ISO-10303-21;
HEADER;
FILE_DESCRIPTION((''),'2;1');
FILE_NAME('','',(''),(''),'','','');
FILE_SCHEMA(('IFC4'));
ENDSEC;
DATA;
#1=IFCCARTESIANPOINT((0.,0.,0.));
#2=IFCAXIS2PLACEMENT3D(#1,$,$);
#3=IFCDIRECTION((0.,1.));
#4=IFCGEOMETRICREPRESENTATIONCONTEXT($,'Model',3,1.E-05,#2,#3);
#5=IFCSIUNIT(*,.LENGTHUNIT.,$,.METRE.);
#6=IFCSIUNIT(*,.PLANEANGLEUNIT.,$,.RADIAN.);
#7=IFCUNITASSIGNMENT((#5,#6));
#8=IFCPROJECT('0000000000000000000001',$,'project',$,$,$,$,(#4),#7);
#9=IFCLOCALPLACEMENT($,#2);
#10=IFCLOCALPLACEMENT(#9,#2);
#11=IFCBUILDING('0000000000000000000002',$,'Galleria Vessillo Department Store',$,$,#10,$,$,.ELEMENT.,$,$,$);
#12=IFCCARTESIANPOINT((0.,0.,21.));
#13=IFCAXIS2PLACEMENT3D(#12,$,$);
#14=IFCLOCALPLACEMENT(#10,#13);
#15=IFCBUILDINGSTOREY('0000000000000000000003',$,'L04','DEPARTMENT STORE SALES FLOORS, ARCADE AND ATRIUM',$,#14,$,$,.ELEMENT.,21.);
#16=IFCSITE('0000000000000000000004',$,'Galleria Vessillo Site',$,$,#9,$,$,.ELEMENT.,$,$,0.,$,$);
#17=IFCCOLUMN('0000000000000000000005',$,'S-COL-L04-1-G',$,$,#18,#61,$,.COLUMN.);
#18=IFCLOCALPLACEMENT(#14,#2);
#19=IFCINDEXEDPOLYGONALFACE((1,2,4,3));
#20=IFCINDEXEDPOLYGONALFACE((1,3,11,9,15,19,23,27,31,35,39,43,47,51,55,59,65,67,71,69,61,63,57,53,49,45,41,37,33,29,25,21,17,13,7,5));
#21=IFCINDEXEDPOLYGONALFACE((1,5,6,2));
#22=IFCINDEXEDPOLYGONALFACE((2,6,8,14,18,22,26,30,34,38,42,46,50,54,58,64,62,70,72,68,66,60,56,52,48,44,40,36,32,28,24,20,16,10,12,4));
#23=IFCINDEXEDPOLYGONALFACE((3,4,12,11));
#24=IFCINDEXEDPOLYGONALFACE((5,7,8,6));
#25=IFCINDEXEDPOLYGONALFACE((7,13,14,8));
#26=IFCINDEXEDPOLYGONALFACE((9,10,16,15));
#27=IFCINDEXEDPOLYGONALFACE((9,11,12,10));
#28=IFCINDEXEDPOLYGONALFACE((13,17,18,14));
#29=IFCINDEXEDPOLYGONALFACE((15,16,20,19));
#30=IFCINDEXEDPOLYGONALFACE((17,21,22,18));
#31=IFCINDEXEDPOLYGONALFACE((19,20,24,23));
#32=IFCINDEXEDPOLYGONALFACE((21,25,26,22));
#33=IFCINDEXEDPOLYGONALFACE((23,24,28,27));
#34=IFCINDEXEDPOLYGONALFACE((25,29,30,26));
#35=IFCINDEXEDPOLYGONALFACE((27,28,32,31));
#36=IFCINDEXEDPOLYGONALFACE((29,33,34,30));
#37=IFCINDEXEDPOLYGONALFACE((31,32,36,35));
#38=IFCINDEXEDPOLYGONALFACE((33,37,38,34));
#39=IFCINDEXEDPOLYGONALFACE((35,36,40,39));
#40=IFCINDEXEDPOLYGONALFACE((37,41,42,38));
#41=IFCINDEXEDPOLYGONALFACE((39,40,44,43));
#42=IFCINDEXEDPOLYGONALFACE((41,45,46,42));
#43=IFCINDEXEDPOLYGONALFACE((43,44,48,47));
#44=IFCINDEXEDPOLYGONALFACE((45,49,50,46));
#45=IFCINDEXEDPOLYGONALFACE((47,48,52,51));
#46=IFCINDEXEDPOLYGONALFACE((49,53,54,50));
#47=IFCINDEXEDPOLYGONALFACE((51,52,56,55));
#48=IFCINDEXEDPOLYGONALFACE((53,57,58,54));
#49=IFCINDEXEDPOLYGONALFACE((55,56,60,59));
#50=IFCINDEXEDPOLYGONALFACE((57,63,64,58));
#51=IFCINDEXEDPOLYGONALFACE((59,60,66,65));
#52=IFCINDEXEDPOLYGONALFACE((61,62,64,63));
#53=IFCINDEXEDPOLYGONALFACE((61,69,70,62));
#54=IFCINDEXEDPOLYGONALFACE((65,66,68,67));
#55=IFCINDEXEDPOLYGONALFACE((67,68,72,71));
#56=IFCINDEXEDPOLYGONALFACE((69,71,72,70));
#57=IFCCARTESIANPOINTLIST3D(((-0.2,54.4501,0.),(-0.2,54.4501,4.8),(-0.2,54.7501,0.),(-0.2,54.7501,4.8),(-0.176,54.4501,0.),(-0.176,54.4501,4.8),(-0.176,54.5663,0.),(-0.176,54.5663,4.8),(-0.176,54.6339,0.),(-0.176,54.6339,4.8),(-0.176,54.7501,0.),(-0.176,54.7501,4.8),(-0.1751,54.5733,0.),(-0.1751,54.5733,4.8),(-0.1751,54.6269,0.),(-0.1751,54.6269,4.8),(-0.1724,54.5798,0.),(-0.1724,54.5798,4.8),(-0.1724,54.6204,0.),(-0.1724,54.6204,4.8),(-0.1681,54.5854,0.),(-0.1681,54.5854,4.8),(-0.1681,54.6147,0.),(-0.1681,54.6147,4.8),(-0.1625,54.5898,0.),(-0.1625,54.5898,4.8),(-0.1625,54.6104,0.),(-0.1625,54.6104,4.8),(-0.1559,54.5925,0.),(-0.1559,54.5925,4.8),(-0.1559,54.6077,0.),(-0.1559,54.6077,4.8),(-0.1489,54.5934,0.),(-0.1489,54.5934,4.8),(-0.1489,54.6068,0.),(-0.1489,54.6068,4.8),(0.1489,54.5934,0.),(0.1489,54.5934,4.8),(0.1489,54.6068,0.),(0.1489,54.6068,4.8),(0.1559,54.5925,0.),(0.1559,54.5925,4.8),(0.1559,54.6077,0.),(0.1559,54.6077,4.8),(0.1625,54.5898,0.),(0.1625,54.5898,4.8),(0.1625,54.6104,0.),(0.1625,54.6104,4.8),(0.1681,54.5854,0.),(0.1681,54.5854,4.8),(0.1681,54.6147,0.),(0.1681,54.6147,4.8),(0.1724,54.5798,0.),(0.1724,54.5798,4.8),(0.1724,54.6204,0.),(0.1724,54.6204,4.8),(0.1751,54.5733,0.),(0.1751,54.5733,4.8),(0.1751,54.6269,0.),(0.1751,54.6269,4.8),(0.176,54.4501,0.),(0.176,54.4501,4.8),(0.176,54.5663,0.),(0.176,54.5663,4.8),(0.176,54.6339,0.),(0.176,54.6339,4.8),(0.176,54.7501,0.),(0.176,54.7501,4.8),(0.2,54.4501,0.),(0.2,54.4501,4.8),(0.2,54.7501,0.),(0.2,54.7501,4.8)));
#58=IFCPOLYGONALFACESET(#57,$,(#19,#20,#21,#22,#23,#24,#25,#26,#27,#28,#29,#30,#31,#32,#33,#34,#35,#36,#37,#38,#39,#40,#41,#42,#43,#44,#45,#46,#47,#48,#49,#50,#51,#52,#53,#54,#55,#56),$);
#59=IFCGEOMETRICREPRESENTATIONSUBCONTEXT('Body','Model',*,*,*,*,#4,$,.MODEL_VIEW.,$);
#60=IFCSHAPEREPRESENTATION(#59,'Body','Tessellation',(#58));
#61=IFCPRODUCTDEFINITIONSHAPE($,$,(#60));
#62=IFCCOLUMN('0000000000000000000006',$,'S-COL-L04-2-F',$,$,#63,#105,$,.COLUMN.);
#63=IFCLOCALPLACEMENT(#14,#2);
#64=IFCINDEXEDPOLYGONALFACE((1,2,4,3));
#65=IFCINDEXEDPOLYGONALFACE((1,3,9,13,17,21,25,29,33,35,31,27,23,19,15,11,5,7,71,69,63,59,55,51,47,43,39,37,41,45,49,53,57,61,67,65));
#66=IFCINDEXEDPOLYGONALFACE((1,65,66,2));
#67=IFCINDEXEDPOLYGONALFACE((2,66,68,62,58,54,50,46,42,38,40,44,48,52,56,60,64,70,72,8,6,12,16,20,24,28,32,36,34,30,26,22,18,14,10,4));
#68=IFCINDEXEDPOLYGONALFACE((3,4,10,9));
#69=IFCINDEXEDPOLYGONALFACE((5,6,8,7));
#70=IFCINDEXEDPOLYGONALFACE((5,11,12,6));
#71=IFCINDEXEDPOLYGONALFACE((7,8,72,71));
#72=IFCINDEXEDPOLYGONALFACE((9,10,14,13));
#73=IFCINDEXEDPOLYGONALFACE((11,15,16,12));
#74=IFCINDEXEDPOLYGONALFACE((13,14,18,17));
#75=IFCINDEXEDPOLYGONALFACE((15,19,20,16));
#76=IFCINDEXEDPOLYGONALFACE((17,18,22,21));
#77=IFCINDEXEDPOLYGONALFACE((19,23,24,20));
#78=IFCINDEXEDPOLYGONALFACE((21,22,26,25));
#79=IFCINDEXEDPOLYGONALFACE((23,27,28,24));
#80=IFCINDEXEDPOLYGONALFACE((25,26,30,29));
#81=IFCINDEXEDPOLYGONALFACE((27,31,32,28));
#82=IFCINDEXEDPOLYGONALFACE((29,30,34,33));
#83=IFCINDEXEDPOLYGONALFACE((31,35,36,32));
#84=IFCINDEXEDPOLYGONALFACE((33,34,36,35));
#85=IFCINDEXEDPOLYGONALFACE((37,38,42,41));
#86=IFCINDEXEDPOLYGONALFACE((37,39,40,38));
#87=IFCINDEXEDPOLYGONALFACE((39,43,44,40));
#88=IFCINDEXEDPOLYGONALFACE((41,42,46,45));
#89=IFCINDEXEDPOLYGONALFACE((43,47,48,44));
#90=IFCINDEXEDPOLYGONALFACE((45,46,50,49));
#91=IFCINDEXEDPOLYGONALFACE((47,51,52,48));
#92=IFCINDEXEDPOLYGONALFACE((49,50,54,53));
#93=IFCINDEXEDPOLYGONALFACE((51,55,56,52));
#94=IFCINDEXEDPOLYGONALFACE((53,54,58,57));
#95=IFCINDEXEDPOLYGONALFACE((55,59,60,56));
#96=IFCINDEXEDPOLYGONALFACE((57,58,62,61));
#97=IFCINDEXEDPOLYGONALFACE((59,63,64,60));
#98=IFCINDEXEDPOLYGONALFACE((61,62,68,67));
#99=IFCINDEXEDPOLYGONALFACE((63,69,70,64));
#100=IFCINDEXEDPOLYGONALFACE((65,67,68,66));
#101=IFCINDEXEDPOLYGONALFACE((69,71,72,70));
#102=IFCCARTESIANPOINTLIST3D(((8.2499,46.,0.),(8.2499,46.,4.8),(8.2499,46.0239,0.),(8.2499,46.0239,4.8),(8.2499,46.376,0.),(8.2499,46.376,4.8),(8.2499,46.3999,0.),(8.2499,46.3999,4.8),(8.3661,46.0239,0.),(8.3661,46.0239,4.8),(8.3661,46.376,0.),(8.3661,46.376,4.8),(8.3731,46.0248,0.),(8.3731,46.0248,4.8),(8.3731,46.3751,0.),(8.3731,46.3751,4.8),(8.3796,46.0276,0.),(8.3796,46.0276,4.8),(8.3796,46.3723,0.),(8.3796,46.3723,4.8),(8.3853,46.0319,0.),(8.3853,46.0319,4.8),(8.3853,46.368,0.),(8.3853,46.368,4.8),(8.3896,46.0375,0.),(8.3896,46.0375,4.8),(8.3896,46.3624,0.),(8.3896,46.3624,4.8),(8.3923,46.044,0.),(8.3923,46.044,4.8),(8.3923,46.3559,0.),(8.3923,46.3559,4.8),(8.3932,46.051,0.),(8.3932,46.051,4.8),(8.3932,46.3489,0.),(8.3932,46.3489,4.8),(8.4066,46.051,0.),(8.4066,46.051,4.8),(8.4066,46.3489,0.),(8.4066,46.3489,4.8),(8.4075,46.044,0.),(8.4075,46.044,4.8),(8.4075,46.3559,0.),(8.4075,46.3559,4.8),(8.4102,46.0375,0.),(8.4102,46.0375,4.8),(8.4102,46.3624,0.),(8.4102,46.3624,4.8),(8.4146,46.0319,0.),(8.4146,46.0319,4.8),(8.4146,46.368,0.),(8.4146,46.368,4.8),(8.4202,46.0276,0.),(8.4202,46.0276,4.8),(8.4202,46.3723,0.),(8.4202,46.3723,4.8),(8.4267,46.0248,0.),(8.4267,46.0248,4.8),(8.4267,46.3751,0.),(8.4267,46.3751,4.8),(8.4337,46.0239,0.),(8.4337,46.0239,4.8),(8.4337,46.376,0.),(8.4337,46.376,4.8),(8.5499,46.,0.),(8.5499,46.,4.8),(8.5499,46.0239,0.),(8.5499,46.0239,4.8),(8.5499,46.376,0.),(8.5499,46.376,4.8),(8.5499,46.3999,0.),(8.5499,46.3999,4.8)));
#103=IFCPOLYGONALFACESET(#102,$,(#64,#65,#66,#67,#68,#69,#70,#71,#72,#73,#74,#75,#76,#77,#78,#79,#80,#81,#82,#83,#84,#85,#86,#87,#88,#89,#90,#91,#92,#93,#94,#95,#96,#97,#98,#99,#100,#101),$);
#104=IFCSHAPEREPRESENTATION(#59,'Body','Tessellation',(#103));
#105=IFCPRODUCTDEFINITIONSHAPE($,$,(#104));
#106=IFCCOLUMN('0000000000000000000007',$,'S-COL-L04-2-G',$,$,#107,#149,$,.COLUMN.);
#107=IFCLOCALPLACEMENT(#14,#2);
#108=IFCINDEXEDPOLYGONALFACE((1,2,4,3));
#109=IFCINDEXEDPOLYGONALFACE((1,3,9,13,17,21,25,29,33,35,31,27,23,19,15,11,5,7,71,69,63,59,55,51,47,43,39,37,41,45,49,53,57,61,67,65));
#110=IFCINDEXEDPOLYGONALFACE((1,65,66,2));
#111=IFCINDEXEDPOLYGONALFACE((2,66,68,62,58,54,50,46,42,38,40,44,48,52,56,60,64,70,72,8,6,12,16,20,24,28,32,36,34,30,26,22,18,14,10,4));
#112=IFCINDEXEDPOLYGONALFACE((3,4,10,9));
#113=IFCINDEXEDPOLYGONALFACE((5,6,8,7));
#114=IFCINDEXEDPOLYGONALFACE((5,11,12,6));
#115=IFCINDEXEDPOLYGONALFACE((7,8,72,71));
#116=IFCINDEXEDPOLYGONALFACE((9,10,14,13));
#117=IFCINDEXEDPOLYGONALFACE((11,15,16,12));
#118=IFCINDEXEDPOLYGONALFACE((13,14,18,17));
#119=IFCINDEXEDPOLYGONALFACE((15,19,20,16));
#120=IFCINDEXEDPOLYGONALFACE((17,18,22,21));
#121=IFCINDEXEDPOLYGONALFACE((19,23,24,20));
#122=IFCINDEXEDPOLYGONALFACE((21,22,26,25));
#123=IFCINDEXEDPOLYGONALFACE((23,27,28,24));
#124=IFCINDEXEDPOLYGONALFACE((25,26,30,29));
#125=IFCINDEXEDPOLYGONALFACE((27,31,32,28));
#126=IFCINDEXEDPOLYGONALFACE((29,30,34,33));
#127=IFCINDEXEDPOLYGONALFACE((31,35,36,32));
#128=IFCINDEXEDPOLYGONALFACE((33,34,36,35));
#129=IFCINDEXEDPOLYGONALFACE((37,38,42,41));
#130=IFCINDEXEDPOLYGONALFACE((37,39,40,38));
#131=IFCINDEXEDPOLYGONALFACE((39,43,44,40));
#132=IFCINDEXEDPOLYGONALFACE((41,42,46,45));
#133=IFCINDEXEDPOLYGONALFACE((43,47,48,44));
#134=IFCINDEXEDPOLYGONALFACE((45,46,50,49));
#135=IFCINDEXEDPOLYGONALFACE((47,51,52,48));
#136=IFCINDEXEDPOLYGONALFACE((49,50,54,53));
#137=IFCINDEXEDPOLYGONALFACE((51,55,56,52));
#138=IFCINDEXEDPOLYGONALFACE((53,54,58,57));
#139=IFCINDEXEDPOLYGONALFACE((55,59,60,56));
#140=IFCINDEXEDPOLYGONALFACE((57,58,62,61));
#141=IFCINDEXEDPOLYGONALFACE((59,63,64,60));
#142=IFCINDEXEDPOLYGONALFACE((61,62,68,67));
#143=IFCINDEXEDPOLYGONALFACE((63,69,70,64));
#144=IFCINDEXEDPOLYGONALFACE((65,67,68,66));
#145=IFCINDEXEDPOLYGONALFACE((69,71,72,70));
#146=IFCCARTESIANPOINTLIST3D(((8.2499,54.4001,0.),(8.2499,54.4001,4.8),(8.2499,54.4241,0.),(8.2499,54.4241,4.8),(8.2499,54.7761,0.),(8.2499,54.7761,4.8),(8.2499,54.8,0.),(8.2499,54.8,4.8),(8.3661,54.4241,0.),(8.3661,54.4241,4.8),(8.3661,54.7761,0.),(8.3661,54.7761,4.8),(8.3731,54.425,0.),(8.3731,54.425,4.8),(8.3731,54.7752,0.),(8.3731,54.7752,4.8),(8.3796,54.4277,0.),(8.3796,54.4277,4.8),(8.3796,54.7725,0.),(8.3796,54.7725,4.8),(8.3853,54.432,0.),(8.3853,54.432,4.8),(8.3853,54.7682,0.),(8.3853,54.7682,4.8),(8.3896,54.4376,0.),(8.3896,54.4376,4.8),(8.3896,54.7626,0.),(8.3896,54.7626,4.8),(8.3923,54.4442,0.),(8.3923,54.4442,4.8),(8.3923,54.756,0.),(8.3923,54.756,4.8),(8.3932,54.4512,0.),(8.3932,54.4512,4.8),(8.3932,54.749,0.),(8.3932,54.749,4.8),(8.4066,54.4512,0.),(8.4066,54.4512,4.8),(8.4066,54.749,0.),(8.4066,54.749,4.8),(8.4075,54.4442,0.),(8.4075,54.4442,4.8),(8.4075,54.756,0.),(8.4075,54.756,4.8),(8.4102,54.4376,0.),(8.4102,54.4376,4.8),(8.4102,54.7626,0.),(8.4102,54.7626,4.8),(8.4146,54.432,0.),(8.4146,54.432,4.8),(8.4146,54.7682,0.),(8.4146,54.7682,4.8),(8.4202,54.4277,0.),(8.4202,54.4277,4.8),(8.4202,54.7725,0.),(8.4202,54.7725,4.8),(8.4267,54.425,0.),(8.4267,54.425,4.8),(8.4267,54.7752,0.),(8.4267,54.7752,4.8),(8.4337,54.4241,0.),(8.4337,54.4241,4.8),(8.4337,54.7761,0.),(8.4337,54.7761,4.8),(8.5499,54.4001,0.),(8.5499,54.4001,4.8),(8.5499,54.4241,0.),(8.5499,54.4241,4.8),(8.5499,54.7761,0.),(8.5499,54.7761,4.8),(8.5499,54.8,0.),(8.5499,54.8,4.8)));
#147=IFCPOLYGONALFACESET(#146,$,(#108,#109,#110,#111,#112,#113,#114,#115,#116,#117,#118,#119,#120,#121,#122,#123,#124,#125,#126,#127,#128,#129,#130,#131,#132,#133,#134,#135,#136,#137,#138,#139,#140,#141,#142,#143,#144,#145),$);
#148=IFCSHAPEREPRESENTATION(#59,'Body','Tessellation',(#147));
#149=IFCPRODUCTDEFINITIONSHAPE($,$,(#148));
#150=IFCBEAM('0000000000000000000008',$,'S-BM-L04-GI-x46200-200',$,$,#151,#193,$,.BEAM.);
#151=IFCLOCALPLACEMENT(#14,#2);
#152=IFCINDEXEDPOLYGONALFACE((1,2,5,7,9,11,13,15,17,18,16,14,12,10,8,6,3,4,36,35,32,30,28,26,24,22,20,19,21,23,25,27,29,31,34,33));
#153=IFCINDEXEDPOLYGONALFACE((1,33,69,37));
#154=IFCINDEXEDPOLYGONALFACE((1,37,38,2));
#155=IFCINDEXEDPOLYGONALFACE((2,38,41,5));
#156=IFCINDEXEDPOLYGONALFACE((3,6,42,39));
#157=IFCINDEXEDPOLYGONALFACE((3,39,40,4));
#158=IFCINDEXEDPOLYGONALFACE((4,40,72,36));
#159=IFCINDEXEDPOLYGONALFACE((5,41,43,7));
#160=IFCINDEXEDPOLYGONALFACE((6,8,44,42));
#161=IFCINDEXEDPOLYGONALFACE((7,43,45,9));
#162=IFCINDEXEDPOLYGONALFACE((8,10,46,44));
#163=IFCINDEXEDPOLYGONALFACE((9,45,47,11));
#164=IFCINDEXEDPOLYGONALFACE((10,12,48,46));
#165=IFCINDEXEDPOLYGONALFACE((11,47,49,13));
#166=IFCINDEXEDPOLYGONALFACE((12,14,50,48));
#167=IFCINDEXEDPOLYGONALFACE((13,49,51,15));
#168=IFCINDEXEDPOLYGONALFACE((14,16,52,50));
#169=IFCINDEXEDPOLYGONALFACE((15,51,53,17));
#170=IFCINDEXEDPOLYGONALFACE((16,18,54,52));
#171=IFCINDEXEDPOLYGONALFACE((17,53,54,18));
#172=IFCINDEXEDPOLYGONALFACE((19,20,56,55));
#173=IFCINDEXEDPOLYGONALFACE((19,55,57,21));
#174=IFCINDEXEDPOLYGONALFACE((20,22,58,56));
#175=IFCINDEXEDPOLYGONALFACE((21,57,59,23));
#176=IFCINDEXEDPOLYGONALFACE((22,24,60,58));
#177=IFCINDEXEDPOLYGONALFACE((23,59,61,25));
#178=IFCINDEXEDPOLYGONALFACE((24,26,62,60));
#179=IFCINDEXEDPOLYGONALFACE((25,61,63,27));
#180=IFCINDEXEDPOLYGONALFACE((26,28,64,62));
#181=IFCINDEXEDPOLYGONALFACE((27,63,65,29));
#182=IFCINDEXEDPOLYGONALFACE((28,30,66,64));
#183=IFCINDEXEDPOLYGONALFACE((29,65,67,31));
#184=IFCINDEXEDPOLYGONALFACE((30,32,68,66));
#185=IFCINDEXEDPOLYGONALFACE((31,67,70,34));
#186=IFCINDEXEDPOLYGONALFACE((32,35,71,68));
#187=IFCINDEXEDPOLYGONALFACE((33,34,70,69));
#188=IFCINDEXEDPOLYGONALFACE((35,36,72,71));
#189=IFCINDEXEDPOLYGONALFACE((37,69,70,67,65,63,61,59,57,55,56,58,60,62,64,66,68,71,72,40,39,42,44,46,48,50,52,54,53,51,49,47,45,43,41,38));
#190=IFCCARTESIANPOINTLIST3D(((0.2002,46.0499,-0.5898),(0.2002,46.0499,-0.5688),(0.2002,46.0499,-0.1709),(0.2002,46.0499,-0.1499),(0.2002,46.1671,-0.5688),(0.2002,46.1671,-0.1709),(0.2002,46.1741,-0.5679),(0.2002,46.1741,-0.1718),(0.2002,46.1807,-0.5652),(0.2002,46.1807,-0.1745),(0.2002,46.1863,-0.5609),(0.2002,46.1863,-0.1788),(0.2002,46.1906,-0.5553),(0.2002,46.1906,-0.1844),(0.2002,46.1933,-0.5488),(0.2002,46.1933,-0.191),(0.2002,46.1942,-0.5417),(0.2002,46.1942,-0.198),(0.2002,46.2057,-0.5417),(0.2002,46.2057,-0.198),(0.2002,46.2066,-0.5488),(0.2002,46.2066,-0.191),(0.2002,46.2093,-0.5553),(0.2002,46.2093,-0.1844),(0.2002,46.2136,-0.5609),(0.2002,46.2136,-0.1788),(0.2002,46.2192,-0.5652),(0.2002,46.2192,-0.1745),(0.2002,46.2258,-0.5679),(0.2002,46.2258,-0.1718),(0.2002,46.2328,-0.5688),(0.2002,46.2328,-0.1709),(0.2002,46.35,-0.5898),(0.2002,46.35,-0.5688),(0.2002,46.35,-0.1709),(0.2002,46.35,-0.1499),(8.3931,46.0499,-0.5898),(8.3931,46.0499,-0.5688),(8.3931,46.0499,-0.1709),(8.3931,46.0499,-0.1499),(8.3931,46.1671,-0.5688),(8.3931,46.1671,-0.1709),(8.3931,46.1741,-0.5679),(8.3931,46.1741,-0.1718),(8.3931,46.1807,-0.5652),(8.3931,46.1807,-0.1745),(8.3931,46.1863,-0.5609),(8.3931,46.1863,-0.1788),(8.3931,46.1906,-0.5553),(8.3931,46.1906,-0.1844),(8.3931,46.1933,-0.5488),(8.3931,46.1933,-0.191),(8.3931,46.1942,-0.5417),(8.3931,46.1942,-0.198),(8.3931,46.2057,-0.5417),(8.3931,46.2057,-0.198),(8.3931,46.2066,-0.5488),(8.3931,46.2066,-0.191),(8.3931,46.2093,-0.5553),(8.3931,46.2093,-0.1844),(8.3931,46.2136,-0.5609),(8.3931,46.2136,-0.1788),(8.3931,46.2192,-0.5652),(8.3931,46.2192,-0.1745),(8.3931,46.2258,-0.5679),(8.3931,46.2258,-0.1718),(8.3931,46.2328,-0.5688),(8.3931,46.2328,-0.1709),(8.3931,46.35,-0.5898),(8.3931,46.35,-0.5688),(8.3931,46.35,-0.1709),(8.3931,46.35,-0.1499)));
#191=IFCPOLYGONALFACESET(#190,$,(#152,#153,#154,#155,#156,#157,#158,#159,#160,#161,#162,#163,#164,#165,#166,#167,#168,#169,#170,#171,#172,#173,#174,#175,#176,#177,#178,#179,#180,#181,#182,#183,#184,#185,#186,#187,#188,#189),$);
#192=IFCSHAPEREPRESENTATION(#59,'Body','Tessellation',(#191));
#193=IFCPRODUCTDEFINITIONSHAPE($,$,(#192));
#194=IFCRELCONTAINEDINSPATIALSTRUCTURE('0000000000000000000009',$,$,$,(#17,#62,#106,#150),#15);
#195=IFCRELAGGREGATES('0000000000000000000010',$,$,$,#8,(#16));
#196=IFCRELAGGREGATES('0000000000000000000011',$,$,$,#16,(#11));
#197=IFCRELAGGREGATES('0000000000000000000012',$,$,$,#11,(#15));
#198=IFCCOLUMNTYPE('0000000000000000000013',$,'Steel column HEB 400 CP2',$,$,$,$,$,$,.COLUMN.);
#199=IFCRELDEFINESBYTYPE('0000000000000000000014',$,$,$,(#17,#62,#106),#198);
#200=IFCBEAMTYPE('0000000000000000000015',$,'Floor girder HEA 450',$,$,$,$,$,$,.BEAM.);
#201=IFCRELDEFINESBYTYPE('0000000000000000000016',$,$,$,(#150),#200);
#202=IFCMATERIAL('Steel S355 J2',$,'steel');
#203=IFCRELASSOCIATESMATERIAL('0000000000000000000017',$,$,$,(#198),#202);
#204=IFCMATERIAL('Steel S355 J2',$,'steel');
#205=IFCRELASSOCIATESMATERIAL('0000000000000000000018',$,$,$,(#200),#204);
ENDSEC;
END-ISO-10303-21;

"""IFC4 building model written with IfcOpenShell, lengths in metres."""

from ifc_helpers import new_model, si_unit, direction, frame, origin, origin_2d, place, context, subcontext, project, spatial, i_section, extrude, material, material_profile, profile_set, type_object, element, save


model = new_model("IFC4")

# Units and contexts
model_context = context("Model", 3, precision=1e-05, world=origin(), true_north=direction((0.0, 1.0)))
body_context = subcontext(model_context, "Body", "Model", "MODEL_VIEW")
ifc_project = project(units=[si_unit("LENGTHUNIT", "METRE"), si_unit("PLANEANGLEUNIT", "RADIAN")], contexts=[model_context])

# Site, building, storey
site_placement = place(None, origin())
site = spatial("IfcSite", under=ifc_project, at=site_placement, Name="Galleria Vessillo Site", CompositionType="ELEMENT", RefElevation=0.0)
building_placement = place(site_placement, origin())
building = spatial("IfcBuilding", under=site, at=building_placement, Name="Galleria Vessillo Department Store", CompositionType="ELEMENT")
storey_placement = place(building_placement, frame((0.0, 0.0, 21.0)))
storey = spatial("IfcBuildingStorey", under=building, at=storey_placement, Name="L04", Description="DEPARTMENT STORE SALES FLOORS, ARCADE AND ATRIUM", CompositionType="ELEMENT", Elevation=21.0)

# Columns
ifc_material_1 = material(Name="Steel S355 J2", Category="steel")
ifc_material_profile_1 = material_profile(ifc_material_1, i_section(OverallWidth=0.3, OverallDepth=0.3999, WebThickness=0.0134, FlangeThickness=0.0239, FilletRadius=0.0271, at=origin_2d()), Name="HEB 400")
ifc_profile_set_1 = profile_set([ifc_material_profile_1], Name="Steel S355 J2")
column_type = type_object("IfcColumnType", Name="Steel column HEB 400 CP2", PredefinedType="COLUMN", material=ifc_profile_set_1)
for number, where, z_axis, x_axis, name in (
    (1, (0.0, 54.6001, 0.0), (0.0, 0.0, 1.0), (0.0, 1.0, 0.0), "S-COL-L04-1-G"),
    (2, (8.3999, 46.2, 0.0), (0.0, 0.0, 1.0), (1.0, 0.0, 0.0), "S-COL-L04-2-F"),
    (3, (8.3999, 54.6001, 0.0), (0.0, 0.0, 1.0), (1.0, 0.0, 0.0), "S-COL-L04-2-G"),
):
    element("IfcColumn", number, at=place(storey_placement, frame(where, z_axis=z_axis, x_axis=x_axis)), inside=storey, type_object=column_type, Name=name, PredefinedType="COLUMN", context=body_context, shape_type="SweptSolid", body=[
        extrude(i_section(OverallWidth=0.3, OverallDepth=0.3999, WebThickness=0.0134, FlangeThickness=0.0239, FilletRadius=0.0271, at=origin_2d()), origin(), (0.0, 0.0, 1.0), 4.8),
    ])

# Beam
ifc_material_2 = material(Name="Steel S355 J2", Category="steel")
ifc_material_profile_2 = material_profile(ifc_material_2, i_section(OverallWidth=0.3, OverallDepth=0.4399, WebThickness=0.0115, FlangeThickness=0.021, FilletRadius=0.0271, at=origin_2d()), Name="HEA 450")
ifc_profile_set_2 = profile_set([ifc_material_profile_2], Name="Steel S355 J2")
beam_type_1 = type_object("IfcBeamType", Name="Floor girder HEA 450", PredefinedType="BEAM", material=ifc_profile_set_2)
for number, where, z_axis, x_axis, name in (
    (4, (0.2002, 46.2, -0.3699), (1.0, 0.0, 0.0), (0.0, 1.0, 0.0), "S-BM-L04-GI-x46200-200"),
):
    element("IfcBeam", number, at=place(storey_placement, frame(where, z_axis=z_axis, x_axis=x_axis)), inside=storey, type_object=beam_type_1, Name=name, PredefinedType="BEAM", context=body_context, shape_type="SweptSolid", body=[
        extrude(i_section(OverallWidth=0.3, OverallDepth=0.4399, WebThickness=0.0115, FlangeThickness=0.021, FilletRadius=0.0271, at=origin_2d()), origin(), (0.0, 0.0, 1.0), 8.1929),
    ])

save(model, "model.ifc")
